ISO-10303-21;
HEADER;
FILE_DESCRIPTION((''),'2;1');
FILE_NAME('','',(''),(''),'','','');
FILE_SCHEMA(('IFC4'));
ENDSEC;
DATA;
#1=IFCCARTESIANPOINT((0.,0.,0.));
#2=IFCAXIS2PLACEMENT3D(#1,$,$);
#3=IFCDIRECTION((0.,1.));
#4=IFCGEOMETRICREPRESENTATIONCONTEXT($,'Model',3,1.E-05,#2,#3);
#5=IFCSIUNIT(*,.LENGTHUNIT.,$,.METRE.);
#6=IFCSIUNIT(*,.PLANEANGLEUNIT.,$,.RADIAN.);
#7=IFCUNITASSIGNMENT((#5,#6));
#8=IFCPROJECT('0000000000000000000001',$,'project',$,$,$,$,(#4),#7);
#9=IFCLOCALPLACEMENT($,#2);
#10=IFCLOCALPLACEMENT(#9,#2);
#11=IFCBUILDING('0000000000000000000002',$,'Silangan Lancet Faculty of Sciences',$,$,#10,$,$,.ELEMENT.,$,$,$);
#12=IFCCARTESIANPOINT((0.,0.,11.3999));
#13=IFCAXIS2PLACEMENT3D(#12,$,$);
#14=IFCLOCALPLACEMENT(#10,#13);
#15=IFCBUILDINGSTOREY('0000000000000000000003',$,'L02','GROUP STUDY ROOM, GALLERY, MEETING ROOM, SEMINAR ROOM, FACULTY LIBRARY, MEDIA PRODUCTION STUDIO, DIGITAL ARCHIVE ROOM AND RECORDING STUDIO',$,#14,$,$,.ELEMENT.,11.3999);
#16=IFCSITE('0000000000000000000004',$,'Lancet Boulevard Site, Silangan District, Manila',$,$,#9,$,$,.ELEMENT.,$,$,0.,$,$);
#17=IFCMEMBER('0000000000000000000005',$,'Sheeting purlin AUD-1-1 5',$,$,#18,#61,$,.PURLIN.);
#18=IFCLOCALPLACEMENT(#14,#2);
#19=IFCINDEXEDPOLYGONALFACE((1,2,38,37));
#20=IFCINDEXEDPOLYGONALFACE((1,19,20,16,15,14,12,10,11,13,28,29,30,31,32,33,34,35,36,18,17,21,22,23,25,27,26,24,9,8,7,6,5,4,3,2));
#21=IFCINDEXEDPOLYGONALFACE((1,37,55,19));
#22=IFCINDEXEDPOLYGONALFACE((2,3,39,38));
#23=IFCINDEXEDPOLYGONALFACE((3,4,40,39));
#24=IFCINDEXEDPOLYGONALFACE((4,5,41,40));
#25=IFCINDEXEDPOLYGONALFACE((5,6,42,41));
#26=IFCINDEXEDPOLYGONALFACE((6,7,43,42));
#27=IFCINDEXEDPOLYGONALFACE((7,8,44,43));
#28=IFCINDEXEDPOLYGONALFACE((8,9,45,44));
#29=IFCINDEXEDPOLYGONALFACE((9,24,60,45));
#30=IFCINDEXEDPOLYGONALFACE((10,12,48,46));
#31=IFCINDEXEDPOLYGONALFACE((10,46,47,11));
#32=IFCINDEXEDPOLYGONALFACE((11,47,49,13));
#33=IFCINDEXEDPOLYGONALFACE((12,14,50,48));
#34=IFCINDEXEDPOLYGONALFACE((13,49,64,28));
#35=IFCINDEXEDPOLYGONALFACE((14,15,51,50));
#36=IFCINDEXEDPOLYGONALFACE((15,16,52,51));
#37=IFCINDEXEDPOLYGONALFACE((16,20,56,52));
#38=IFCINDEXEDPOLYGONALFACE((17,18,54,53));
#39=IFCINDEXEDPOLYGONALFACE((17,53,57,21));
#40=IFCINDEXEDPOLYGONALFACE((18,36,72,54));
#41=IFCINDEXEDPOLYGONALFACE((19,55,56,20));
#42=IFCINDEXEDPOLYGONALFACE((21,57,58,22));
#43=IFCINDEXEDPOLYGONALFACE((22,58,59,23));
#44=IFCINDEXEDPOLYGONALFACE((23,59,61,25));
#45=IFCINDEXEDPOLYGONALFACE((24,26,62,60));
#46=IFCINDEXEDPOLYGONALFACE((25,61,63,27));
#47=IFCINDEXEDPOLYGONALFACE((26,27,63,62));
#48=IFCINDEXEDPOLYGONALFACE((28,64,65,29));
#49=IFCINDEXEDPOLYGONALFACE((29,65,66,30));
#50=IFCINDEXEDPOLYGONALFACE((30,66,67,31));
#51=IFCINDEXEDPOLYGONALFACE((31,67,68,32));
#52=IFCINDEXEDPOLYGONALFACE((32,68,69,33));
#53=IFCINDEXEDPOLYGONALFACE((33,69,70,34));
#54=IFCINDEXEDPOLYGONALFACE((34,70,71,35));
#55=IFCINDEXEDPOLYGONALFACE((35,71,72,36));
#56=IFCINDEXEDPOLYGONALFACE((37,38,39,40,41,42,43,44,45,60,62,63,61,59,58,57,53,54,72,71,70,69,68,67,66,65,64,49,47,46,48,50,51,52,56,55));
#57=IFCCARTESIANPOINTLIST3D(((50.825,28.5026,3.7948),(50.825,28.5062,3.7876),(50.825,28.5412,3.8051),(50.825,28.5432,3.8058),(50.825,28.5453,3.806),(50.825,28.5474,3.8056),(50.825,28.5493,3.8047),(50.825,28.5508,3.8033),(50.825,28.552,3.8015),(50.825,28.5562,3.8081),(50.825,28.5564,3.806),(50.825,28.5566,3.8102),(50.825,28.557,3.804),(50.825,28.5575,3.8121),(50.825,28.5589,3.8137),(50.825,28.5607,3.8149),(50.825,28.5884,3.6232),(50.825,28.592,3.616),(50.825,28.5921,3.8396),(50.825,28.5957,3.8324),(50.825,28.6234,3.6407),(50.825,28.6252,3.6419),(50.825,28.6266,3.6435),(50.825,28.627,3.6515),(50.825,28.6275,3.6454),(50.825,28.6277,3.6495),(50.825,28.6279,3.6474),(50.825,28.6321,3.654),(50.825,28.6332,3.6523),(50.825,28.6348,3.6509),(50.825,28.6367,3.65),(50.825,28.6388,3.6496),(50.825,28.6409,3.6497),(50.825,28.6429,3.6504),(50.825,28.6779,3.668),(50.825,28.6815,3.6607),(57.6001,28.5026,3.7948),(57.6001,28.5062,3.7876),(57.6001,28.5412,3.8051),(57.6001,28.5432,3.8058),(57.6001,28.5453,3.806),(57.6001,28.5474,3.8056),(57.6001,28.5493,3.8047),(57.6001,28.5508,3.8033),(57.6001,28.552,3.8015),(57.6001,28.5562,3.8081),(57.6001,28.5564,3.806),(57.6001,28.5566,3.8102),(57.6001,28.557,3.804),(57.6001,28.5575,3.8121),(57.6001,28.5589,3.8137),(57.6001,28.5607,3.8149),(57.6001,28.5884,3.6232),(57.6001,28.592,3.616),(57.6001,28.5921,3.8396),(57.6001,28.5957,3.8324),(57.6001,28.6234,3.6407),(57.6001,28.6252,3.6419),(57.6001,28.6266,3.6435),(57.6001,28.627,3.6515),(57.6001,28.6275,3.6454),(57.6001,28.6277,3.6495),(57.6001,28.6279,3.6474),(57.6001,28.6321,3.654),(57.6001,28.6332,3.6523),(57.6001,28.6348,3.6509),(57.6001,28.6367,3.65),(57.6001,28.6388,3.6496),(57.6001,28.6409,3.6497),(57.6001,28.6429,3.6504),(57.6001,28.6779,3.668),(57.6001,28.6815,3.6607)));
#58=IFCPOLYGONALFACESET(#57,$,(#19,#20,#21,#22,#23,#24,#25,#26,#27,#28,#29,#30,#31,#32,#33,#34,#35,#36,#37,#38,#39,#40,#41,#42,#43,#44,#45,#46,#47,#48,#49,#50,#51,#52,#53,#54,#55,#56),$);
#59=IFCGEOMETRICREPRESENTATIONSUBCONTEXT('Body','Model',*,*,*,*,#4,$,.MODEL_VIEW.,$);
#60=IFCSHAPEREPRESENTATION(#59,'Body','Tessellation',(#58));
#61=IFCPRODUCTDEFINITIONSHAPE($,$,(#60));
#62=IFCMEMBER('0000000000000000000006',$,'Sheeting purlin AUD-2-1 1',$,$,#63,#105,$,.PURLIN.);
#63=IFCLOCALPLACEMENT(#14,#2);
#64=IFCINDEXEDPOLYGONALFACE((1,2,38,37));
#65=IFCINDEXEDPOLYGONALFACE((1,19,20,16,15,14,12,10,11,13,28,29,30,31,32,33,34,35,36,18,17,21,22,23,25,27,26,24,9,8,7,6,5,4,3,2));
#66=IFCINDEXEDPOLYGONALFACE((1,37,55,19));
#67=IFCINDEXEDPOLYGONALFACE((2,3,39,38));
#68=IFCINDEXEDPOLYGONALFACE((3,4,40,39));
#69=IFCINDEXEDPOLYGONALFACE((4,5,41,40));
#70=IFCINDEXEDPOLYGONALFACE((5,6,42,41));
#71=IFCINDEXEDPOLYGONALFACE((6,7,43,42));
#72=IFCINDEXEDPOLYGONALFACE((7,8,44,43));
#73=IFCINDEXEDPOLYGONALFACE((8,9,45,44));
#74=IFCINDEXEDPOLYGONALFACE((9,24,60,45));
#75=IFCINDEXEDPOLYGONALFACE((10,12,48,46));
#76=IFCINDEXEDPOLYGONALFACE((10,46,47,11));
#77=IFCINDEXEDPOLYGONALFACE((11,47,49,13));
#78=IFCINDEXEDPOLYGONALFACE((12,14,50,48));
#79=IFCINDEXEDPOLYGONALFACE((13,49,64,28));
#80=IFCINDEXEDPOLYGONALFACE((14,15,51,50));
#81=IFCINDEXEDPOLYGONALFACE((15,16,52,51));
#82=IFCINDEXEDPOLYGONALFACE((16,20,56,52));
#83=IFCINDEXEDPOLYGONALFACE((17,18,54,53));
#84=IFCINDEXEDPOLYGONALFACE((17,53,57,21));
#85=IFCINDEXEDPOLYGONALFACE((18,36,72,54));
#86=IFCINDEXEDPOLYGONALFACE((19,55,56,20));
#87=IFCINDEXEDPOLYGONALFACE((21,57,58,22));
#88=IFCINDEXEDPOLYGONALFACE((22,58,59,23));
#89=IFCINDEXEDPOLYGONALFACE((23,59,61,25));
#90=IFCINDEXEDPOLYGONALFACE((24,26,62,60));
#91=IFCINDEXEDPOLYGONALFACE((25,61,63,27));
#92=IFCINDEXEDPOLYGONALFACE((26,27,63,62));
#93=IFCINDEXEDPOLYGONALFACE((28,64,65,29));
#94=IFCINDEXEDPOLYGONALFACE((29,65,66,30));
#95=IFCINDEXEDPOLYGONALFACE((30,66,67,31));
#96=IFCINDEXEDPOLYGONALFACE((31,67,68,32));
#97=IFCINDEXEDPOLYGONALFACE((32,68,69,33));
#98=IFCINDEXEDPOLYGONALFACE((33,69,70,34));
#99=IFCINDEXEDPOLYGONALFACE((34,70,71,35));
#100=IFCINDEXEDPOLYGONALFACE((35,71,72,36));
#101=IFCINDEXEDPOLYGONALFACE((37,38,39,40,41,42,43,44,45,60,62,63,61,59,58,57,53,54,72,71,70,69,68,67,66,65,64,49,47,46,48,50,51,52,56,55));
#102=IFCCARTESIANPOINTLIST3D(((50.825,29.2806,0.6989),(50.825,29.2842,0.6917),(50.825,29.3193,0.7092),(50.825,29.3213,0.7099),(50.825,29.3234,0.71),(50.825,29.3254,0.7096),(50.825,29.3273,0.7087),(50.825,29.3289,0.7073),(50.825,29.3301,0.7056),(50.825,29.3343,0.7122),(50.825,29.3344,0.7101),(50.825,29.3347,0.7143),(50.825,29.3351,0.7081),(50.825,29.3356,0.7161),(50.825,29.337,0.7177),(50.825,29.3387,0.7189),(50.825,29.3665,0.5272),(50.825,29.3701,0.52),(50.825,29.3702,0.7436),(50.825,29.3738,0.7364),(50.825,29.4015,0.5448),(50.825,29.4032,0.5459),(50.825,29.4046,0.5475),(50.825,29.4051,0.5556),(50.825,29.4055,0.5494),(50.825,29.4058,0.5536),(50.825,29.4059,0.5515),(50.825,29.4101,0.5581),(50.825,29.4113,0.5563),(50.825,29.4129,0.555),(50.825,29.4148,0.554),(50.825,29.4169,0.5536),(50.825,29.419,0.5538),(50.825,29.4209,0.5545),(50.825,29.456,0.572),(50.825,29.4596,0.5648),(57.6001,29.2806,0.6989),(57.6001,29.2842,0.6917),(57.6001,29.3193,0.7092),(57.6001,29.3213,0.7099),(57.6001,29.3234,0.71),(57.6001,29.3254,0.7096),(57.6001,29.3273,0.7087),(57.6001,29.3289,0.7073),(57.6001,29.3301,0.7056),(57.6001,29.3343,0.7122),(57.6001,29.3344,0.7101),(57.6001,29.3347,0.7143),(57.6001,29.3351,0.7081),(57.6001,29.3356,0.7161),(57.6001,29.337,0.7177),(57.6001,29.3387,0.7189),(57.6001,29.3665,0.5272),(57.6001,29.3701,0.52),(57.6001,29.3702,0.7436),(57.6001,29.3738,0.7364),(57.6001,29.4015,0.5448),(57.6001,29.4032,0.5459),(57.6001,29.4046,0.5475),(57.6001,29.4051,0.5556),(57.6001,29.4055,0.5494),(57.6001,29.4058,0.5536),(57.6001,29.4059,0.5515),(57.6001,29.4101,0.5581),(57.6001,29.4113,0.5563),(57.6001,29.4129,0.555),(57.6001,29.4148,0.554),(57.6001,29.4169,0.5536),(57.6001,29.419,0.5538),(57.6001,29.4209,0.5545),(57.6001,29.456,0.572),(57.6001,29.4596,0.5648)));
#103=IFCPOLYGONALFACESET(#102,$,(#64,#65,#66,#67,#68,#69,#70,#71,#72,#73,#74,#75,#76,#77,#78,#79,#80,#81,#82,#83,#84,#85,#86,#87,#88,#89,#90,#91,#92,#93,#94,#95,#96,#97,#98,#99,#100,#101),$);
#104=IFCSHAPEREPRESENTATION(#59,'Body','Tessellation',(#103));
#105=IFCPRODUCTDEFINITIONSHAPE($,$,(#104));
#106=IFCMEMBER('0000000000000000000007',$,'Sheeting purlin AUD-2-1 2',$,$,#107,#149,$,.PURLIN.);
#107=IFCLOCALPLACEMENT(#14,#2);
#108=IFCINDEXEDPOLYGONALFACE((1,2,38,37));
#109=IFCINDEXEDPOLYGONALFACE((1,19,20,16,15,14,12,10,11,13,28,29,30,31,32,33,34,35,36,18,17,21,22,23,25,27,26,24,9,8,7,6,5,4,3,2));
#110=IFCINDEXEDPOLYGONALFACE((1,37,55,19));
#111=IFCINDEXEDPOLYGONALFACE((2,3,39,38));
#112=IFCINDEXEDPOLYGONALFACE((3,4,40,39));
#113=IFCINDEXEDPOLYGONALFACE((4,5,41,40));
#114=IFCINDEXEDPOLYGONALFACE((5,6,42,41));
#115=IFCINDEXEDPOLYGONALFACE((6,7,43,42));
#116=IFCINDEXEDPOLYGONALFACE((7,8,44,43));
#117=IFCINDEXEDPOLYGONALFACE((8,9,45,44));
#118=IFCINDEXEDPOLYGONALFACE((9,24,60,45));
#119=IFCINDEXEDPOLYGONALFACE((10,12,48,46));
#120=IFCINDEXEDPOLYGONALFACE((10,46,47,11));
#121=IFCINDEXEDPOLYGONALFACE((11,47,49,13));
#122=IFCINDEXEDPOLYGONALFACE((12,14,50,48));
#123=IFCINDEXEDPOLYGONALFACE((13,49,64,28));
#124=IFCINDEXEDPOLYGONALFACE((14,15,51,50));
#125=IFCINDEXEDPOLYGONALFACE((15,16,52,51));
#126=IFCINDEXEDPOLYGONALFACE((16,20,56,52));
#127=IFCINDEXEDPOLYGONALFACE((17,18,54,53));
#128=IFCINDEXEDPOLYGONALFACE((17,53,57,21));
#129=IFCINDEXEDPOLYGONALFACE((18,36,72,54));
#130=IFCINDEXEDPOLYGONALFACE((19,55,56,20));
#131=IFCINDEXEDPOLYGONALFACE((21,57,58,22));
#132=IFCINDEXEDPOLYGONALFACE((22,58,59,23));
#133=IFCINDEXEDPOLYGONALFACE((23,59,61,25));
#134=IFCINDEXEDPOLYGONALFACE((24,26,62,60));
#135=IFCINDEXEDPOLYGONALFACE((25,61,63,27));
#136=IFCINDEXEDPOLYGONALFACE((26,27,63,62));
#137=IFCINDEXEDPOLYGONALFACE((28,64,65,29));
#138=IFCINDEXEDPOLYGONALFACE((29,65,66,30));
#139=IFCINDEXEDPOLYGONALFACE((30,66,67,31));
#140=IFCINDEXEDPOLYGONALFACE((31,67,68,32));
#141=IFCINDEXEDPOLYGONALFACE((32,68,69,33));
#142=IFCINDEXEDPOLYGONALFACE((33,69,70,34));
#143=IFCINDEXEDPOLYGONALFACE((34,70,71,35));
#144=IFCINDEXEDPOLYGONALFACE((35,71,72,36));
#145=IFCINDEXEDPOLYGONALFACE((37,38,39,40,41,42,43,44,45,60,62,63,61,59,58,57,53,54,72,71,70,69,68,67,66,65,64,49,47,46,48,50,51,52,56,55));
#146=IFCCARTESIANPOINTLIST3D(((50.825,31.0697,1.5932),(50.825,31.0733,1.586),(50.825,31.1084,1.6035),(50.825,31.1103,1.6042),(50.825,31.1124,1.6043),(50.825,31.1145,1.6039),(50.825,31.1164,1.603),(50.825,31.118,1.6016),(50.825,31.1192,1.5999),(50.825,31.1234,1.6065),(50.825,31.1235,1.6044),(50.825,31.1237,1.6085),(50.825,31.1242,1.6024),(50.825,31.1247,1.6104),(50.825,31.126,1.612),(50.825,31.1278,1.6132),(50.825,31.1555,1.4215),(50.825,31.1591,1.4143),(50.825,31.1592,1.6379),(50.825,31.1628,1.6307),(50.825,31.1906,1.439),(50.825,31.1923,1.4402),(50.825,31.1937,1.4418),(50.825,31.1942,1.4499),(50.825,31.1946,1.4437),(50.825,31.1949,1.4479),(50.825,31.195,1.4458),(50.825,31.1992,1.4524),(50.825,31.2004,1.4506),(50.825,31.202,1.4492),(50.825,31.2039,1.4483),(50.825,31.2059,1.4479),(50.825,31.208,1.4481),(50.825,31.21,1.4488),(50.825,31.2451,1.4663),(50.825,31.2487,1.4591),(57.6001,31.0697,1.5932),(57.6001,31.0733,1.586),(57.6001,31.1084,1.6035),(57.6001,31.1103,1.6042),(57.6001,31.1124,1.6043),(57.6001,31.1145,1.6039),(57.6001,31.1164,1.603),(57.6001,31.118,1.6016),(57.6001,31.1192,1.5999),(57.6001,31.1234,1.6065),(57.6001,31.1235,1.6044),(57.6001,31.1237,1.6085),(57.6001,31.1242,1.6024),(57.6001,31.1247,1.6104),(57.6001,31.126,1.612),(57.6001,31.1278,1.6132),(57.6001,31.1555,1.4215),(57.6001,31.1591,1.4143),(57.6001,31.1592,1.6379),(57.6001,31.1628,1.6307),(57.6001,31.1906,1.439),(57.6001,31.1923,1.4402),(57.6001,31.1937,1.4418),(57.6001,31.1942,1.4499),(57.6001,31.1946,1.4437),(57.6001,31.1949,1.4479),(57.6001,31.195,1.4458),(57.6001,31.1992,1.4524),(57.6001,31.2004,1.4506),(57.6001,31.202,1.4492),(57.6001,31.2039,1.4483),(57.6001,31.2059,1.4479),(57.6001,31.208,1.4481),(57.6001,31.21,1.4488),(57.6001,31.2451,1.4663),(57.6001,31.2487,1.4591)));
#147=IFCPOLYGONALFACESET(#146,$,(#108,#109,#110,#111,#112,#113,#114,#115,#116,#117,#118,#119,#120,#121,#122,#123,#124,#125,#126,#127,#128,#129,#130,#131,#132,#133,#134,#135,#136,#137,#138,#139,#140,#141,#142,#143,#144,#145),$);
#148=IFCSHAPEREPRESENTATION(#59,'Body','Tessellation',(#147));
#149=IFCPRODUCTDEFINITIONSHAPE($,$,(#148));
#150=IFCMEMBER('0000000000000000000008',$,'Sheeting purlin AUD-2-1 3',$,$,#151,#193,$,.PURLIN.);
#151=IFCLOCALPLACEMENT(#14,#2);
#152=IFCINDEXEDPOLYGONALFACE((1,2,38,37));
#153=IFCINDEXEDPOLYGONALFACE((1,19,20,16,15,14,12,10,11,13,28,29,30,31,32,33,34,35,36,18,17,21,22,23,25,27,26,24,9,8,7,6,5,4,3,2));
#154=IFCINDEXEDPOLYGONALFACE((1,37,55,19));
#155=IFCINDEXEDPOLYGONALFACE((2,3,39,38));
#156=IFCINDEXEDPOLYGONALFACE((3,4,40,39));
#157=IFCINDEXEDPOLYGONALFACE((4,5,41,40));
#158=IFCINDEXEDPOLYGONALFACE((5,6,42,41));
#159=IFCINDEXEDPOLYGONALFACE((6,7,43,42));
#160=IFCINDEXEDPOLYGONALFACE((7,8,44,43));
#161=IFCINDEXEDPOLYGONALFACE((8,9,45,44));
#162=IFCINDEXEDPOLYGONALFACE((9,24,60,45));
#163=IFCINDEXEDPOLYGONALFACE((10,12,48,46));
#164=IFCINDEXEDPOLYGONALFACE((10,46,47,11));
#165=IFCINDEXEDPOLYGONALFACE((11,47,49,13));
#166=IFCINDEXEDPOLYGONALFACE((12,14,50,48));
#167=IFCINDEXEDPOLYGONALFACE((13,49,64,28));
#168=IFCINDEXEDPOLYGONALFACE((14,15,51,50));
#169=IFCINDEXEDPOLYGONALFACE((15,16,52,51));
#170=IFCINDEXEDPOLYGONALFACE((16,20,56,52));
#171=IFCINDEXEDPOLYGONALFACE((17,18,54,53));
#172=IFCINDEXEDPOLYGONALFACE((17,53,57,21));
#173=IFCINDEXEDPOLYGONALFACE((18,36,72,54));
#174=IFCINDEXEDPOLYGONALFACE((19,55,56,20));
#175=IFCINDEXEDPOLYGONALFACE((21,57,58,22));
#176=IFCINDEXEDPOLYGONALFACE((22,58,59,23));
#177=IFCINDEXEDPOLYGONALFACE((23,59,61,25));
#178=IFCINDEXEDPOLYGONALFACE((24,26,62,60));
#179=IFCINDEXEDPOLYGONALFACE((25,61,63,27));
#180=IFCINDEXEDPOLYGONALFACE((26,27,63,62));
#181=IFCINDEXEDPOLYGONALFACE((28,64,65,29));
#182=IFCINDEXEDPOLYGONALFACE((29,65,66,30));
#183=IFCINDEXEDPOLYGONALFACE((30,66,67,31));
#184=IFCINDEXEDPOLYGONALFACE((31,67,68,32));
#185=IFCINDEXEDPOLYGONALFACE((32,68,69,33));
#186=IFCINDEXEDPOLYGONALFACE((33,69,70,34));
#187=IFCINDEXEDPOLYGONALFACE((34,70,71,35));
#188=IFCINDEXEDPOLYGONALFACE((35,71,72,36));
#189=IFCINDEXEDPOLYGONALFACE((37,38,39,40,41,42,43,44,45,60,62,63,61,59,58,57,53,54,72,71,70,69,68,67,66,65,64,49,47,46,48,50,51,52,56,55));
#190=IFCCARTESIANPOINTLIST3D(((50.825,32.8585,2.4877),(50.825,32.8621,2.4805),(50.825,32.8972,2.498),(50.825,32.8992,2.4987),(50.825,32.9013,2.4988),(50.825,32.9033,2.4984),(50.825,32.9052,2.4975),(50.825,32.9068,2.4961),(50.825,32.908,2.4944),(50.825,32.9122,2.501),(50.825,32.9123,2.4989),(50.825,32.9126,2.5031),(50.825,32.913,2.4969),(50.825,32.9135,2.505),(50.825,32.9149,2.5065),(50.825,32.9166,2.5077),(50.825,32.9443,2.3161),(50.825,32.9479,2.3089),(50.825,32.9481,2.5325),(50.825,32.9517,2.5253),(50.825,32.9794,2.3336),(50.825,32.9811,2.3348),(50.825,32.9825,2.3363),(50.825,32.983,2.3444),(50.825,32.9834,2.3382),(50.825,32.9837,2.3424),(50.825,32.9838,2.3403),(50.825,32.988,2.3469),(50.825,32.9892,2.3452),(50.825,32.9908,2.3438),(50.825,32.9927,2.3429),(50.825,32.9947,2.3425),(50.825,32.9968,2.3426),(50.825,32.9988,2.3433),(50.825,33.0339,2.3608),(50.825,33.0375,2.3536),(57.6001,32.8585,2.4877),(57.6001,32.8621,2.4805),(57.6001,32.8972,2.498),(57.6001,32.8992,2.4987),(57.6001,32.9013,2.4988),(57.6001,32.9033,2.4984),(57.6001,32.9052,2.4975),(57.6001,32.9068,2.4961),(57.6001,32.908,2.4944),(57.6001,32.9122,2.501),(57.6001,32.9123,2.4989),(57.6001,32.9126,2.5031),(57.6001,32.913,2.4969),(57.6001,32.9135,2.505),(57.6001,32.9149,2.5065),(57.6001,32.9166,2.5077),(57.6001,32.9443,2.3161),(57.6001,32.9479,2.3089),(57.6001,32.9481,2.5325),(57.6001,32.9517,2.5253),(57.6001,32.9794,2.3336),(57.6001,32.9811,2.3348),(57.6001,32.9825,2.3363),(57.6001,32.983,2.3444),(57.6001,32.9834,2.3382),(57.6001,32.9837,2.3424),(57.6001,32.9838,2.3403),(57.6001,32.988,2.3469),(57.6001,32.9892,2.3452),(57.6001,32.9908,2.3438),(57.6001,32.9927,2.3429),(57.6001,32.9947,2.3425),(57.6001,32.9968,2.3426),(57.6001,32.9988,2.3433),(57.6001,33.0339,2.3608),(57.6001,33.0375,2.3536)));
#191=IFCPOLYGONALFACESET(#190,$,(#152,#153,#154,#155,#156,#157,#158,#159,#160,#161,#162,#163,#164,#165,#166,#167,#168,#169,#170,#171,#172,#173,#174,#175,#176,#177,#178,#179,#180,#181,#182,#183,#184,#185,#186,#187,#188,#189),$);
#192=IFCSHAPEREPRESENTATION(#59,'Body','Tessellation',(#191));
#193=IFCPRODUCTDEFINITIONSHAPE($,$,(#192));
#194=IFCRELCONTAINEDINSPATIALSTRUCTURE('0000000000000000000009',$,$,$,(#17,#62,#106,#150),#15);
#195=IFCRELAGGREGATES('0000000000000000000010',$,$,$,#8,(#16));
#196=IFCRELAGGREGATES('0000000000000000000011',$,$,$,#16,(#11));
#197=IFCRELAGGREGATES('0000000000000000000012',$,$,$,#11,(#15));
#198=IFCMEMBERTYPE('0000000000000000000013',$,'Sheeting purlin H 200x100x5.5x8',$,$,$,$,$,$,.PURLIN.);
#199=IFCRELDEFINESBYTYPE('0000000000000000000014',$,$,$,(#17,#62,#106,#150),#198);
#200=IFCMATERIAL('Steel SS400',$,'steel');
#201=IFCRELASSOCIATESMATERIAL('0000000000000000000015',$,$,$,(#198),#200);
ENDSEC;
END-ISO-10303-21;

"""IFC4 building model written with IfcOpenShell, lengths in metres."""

from ifc_helpers import new_model, si_unit, direction, frame, origin, origin_2d, place, context, subcontext, project, spatial, i_section, extrude, material, material_profile, profile_set, type_object, element, save


model = new_model("IFC4")

# Units and contexts
model_context = context("Model", 3, precision=1e-05, world=origin(), true_north=direction((0.0, 1.0)))
body_context = subcontext(model_context, "Body", "Model", "MODEL_VIEW")
ifc_project = project(units=[si_unit("LENGTHUNIT", "METRE"), si_unit("PLANEANGLEUNIT", "RADIAN")], contexts=[model_context])

# Site, building, storey
site_placement = place(None, origin())
site = spatial("IfcSite", under=ifc_project, at=site_placement, Name="Lancet Boulevard Site, Silangan District, Manila", CompositionType="ELEMENT", RefElevation=0.0)
building_placement = place(site_placement, origin())
building = spatial("IfcBuilding", under=site, at=building_placement, Name="Silangan Lancet Faculty of Sciences", CompositionType="ELEMENT")
storey_placement = place(building_placement, frame((0.0, 0.0, 11.3999)))
storey = spatial("IfcBuildingStorey", under=building, at=storey_placement, Name="L02", Description="GROUP STUDY ROOM, GALLERY, MEETING ROOM, SEMINAR ROOM, FACULTY LIBRARY, MEDIA PRODUCTION STUDIO, DIGITAL ARCHIVE ROOM AND RECORDING STUDIO", CompositionType="ELEMENT", Elevation=11.3999)

# Members
ifc_material_1 = material(Name="Steel SS400", Category="steel")
ifc_material_profile_1 = material_profile(ifc_material_1, i_section(OverallWidth=0.1001, OverallDepth=0.2, WebThickness=0.0056, FlangeThickness=0.0081, FilletRadius=0.0081, at=origin_2d()), Name="H 200x100x5.5x8")
ifc_profile_set_1 = profile_set([ifc_material_profile_1], Name="Steel SS400")
member_type_1 = type_object("IfcMemberType", Name="Sheeting purlin H 200x100x5.5x8", PredefinedType="PURLIN", material=ifc_profile_set_1)
for number, where, z_axis, x_axis, name in (
    (1, (50.825, 28.592, 3.7278), (1.0, 0.0, 0.0), (0.0, 0.894427, 0.447214), "Sheeting purlin AUD-1-1 5"),
    (2, (50.825, 29.3701, 0.6318), (1.0, 0.0, 0.0), (0.0, 0.894427, 0.447214), "Sheeting purlin AUD-2-1 1"),
    (3, (50.825, 31.1592, 1.5261), (1.0, 0.0, 0.0), (0.0, 0.894427, 0.447214), "Sheeting purlin AUD-2-1 2"),
    (4, (50.825, 32.948, 2.4207), (1.0, 0.0, 0.0), (0.0, 0.894427, 0.447214), "Sheeting purlin AUD-2-1 3"),
):
    element("IfcMember", number, at=place(storey_placement, frame(where, z_axis=z_axis, x_axis=x_axis)), inside=storey, type_object=member_type_1, Name=name, PredefinedType="PURLIN", context=body_context, shape_type="SweptSolid", body=[
        extrude(i_section(OverallWidth=0.1001, OverallDepth=0.2, WebThickness=0.0056, FlangeThickness=0.0081, FilletRadius=0.0081, at=origin_2d()), origin(), (0.0, 0.0, 1.0), 6.7751),
    ])

save(model, "model.ifc")
